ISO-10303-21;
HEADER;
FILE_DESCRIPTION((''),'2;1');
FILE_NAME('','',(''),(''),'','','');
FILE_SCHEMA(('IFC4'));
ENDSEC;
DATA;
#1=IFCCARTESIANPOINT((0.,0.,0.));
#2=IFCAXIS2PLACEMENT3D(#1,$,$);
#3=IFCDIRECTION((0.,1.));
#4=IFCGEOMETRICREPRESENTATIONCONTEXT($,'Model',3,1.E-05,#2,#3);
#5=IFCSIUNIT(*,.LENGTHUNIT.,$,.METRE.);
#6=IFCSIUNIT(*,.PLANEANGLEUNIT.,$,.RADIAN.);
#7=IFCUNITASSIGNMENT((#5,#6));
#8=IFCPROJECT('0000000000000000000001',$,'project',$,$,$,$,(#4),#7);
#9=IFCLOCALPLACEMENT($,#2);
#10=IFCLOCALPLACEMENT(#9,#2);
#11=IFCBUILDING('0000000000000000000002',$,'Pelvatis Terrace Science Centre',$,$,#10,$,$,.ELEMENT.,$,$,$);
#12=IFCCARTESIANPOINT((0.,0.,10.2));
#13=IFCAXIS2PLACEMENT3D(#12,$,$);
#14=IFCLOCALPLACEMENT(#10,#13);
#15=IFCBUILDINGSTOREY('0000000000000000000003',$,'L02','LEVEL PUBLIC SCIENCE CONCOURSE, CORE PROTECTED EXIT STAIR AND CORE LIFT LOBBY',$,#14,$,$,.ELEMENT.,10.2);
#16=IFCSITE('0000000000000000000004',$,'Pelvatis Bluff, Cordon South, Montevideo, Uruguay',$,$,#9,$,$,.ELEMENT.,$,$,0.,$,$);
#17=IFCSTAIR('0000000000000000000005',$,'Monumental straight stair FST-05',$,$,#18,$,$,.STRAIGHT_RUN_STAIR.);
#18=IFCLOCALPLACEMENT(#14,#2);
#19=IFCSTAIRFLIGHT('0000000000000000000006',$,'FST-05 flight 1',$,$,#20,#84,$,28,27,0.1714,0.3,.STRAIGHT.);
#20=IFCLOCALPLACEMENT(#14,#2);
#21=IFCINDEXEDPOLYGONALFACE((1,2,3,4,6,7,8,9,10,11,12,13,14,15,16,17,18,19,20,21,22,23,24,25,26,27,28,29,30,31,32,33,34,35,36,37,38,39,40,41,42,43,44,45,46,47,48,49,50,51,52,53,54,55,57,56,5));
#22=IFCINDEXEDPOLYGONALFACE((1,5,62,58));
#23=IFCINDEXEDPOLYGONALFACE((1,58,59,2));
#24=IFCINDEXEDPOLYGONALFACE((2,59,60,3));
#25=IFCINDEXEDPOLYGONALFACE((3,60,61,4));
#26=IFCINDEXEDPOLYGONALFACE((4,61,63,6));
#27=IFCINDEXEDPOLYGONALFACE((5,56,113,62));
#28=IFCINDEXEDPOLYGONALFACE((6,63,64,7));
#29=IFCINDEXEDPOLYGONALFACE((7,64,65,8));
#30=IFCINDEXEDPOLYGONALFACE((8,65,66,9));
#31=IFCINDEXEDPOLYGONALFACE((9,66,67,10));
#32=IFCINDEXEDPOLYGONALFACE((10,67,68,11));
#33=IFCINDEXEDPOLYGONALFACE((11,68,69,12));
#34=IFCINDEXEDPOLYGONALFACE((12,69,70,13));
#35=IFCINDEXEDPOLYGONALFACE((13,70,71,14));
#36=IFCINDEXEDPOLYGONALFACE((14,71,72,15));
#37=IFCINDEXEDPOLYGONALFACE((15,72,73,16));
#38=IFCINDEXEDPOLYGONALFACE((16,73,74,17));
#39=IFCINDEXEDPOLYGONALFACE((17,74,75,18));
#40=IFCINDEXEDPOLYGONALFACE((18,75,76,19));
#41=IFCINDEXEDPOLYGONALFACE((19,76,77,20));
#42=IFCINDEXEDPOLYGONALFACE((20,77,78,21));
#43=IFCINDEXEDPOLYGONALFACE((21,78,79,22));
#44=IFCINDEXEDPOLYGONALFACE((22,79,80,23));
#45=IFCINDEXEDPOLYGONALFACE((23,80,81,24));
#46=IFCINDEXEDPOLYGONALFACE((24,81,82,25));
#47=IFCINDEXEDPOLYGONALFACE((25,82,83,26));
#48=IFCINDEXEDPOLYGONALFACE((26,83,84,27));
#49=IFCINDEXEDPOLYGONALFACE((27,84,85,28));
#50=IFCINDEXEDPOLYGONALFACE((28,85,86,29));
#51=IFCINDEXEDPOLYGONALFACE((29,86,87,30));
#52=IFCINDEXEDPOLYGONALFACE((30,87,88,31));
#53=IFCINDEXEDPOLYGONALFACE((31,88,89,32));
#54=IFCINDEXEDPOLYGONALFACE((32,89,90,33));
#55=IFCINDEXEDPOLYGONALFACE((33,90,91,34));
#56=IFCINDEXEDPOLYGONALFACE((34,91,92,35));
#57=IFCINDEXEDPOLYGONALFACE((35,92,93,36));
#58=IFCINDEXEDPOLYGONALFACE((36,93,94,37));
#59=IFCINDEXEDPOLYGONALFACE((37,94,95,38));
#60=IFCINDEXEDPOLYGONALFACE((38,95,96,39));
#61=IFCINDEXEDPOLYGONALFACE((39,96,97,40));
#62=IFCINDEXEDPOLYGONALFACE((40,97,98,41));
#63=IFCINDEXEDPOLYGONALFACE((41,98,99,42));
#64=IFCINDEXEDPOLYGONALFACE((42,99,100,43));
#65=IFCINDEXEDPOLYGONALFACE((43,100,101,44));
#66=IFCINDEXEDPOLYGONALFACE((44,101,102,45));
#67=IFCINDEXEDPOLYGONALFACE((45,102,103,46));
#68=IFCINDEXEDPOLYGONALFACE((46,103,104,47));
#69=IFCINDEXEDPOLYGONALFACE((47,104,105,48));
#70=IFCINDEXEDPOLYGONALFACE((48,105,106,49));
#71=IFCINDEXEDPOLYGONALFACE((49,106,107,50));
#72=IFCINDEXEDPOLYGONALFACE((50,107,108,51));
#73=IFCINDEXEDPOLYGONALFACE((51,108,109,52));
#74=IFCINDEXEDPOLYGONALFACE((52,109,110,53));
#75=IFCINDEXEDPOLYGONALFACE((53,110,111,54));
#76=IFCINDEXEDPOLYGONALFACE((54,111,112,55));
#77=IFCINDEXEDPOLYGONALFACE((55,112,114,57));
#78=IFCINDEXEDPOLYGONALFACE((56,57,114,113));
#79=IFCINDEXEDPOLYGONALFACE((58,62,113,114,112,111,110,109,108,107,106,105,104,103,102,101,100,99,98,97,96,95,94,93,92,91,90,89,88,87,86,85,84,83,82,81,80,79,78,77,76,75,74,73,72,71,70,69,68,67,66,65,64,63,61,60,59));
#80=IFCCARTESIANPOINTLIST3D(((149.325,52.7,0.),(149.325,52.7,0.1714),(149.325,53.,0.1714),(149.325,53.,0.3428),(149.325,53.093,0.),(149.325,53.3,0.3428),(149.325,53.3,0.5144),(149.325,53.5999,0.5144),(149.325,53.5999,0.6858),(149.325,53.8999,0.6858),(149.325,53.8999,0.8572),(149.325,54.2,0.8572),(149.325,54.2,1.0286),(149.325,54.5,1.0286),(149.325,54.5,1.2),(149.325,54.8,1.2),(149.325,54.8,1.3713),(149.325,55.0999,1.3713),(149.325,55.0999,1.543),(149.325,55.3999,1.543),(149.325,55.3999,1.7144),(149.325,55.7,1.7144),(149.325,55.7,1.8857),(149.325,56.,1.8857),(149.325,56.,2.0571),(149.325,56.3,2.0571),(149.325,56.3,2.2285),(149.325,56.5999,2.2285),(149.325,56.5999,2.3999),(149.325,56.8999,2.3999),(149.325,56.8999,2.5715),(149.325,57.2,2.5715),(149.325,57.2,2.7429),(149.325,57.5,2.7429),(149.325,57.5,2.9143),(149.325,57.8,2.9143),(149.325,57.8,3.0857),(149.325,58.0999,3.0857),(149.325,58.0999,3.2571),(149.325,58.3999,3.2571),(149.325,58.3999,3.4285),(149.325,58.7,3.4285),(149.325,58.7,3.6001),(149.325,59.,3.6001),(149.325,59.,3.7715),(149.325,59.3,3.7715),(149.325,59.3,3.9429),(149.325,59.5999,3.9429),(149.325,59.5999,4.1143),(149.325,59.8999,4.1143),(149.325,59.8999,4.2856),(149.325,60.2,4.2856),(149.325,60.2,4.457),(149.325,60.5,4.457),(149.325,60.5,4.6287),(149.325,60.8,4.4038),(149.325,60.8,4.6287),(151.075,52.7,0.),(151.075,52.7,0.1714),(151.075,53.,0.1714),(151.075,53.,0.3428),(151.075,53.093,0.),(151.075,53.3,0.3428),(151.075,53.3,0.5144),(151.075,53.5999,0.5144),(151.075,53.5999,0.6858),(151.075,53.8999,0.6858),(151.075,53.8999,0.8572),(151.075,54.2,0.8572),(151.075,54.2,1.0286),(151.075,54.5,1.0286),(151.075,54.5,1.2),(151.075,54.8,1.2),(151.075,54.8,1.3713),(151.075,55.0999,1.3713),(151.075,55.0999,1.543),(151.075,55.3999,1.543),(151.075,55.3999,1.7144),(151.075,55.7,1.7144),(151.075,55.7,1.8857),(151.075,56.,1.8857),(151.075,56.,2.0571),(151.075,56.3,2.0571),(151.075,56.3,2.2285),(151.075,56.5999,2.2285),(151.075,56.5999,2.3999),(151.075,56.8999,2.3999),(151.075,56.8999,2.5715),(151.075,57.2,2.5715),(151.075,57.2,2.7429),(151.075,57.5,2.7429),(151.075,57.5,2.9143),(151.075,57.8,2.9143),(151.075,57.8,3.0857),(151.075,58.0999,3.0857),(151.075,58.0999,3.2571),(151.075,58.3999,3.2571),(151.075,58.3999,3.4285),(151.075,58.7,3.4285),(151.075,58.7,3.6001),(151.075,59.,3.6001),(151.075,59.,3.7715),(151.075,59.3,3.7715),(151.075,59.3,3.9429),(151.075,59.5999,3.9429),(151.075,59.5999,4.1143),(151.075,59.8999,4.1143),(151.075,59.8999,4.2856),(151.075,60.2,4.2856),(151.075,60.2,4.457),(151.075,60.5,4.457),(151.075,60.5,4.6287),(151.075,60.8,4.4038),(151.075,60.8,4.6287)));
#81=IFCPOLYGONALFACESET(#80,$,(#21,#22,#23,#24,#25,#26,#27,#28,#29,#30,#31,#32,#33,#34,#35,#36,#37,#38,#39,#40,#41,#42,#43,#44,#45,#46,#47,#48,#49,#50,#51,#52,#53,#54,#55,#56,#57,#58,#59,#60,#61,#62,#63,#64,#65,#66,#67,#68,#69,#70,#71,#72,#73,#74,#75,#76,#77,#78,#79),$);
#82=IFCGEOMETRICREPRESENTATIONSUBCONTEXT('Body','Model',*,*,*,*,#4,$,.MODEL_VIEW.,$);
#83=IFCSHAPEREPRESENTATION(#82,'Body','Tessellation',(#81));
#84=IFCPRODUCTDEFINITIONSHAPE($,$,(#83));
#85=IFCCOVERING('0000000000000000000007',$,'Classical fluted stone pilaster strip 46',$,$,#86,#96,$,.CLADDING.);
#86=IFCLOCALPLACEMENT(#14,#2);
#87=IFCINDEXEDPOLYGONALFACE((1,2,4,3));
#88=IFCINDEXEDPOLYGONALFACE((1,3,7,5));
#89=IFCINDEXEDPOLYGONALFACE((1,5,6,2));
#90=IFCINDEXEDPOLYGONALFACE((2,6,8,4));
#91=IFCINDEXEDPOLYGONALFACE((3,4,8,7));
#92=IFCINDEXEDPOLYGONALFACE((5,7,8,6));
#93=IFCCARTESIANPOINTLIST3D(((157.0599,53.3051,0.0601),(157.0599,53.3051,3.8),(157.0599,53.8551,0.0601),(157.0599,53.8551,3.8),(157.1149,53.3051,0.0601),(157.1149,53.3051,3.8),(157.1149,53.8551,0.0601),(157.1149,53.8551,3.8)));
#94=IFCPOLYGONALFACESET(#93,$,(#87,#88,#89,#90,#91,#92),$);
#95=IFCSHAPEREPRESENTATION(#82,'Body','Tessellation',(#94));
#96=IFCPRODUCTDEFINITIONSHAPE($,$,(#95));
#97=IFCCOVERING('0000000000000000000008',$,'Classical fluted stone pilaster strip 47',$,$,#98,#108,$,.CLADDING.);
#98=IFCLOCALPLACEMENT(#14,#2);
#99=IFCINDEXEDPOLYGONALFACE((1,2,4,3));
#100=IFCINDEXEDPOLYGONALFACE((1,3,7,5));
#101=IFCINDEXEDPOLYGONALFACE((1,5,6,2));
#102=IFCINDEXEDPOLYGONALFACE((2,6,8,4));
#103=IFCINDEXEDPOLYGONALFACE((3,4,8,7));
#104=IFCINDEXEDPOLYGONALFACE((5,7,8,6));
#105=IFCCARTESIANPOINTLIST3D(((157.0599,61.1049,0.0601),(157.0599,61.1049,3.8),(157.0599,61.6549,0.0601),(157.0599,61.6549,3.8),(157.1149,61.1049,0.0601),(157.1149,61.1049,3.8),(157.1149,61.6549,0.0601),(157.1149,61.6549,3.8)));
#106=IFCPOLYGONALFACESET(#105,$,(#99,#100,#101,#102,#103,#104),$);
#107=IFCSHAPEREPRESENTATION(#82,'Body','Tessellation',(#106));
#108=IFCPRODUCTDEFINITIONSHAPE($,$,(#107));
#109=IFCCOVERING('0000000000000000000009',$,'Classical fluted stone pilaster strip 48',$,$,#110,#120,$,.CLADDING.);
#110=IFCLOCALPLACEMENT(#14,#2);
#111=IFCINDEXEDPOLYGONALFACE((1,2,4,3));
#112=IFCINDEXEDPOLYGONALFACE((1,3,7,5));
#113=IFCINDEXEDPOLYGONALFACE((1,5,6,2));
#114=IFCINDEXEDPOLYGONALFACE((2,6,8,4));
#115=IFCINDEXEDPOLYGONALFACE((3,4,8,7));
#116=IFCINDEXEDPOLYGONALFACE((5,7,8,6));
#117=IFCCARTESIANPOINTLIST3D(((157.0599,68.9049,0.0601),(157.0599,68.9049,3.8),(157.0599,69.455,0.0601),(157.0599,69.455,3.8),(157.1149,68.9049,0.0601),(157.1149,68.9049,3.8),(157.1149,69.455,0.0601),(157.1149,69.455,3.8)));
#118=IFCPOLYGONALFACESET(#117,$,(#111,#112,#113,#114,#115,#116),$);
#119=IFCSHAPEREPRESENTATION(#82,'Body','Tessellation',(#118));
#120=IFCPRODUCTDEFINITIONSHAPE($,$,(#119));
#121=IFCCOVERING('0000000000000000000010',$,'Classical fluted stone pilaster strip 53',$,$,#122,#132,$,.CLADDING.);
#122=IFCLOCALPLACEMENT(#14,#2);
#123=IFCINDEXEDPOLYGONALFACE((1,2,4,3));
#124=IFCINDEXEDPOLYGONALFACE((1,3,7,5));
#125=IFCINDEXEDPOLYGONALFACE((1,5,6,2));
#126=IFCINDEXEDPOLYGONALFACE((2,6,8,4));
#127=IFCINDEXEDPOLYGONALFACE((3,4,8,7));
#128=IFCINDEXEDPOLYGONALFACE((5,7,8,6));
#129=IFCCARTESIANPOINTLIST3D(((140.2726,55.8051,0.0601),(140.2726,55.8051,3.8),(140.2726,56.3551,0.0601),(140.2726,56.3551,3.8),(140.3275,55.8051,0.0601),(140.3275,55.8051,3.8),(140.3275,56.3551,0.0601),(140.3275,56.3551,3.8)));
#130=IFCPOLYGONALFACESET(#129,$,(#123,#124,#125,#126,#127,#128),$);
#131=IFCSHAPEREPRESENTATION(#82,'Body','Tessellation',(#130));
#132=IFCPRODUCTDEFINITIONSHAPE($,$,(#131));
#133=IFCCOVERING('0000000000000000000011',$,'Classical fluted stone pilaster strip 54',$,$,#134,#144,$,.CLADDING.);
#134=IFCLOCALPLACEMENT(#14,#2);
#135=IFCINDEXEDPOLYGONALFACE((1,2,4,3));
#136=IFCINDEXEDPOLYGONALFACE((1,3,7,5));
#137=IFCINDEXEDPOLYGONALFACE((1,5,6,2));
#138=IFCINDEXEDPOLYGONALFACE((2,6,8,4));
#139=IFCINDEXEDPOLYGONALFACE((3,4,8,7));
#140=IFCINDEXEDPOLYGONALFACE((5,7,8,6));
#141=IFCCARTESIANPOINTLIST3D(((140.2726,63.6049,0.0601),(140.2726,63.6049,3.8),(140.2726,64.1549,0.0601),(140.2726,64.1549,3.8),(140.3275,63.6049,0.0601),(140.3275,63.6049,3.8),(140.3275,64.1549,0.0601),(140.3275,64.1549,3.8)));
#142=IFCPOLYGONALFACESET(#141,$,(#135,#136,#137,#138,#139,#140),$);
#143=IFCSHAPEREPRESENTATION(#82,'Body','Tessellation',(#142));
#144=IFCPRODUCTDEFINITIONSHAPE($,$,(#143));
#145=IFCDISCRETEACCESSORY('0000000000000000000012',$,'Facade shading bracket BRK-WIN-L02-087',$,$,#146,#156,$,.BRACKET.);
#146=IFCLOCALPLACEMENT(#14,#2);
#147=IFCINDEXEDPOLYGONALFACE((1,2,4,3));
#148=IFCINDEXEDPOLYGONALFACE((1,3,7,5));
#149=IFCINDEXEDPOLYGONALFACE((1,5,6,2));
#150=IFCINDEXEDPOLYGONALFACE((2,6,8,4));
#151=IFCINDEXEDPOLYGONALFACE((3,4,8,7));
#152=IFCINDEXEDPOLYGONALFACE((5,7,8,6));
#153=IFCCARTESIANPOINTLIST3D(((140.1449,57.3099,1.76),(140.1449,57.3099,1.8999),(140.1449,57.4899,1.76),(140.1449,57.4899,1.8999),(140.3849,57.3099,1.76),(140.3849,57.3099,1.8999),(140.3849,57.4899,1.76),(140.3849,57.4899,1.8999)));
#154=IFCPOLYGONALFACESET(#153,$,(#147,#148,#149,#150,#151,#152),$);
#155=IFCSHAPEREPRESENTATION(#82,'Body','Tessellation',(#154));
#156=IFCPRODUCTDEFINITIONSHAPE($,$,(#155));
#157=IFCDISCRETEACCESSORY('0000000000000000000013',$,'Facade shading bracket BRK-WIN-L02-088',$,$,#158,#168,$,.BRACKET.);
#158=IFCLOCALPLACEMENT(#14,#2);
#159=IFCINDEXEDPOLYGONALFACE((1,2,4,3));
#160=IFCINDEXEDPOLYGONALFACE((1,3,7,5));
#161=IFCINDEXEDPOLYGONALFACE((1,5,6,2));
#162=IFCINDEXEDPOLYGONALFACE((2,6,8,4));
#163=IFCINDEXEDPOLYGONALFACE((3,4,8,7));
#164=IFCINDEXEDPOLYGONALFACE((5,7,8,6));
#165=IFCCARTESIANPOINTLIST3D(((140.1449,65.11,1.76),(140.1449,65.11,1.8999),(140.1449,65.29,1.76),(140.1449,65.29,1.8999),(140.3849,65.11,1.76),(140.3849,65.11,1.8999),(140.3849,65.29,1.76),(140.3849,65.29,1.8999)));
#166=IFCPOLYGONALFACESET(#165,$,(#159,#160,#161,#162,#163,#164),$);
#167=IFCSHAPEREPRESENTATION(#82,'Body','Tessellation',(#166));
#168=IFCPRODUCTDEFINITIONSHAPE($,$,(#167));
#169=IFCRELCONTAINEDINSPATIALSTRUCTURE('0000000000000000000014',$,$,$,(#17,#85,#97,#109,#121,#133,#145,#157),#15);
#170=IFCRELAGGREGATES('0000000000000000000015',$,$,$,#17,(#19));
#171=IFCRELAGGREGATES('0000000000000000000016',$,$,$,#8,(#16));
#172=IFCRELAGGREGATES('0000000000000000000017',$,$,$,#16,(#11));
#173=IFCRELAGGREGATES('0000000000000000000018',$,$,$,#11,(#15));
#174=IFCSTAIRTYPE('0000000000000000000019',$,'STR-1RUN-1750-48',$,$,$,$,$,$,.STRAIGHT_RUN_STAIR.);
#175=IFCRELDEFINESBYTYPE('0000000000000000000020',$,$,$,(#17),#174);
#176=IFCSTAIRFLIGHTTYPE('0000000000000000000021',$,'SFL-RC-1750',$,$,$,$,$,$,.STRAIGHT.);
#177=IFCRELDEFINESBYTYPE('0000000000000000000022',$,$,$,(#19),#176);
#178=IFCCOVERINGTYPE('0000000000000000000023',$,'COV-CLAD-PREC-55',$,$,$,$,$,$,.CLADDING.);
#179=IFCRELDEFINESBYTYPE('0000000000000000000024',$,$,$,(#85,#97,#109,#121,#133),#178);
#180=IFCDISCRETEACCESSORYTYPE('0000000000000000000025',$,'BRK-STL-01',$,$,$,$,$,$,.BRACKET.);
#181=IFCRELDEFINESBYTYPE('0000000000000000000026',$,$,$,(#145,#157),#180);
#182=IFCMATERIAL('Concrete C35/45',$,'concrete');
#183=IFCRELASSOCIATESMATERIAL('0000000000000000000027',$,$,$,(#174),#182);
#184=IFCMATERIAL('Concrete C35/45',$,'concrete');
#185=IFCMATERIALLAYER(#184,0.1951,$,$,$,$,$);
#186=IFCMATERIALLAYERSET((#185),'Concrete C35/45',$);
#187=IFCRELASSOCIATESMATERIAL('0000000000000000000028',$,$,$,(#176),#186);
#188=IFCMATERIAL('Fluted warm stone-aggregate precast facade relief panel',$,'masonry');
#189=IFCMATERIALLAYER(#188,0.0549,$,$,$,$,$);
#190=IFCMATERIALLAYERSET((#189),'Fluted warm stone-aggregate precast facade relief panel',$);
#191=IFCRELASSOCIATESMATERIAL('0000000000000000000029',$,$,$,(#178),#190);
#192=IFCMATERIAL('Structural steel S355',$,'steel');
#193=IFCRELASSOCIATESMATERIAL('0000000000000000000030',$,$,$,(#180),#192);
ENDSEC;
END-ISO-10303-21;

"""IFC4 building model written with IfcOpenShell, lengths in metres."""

from ifc_helpers import new_model, si_unit, direction, frame, origin, origin_2d, place, context, subcontext, project, spatial, polyline, rectangle, outline, extrude, material, layer, layer_set, type_object, element, aggregate, save


model = new_model("IFC4")

# Units and contexts
model_context = context("Model", 3, precision=1e-05, world=origin(), true_north=direction((0.0, 1.0)))
body_context = subcontext(model_context, "Body", "Model", "MODEL_VIEW")
ifc_project = project(units=[si_unit("LENGTHUNIT", "METRE"), si_unit("PLANEANGLEUNIT", "RADIAN")], contexts=[model_context])

# Site, building, storey
site_placement = place(None, origin())
site = spatial("IfcSite", under=ifc_project, at=site_placement, Name="Pelvatis Bluff, Cordon South, Montevideo, Uruguay", CompositionType="ELEMENT", RefElevation=0.0)
building_placement = place(site_placement, origin())
building = spatial("IfcBuilding", under=site, at=building_placement, Name="Pelvatis Terrace Science Centre", CompositionType="ELEMENT")
storey_placement = place(building_placement, frame((0.0, 0.0, 10.2)))
storey = spatial("IfcBuildingStorey", under=building, at=storey_placement, Name="L02", Description="LEVEL PUBLIC SCIENCE CONCOURSE, CORE PROTECTED EXIT STAIR AND CORE LIFT LOBBY", CompositionType="ELEMENT", Elevation=10.2)

# Stair, stair flight
ifc_material_1 = material(Name="Concrete C35/45", Category="concrete")
stair_type = type_object("IfcStairType", Name="STR-1RUN-1750-48", PredefinedType="STRAIGHT_RUN_STAIR", material=ifc_material_1)
stair_placement = place(storey_placement, origin())
stair = element("IfcStair", 1, at=stair_placement, inside=storey, type_object=stair_type, Name="Monumental straight stair FST-05", PredefinedType="STRAIGHT_RUN_STAIR")
ifc_material_2 = material(Name="Concrete C35/45", Category="concrete")
ifc_layer_1 = layer(ifc_material_2, 0.1951)
ifc_layer_set_1 = layer_set([ifc_layer_1], Name="Concrete C35/45")
stair_flight_type = type_object("IfcStairFlightType", Name="SFL-RC-1750", PredefinedType="STRAIGHT", material=ifc_layer_set_1)
stair_flight_placement = place(storey_placement, frame((150.2, 52.7, 0.0), z_axis=(0.0, 0.0, 1.0), x_axis=(0.0, 1.0, 0.0)))
stair_flight = element("IfcStairFlight", 2, at=stair_flight_placement, type_object=stair_flight_type, Name="FST-05 flight 1", NumberOfRisers=28, NumberOfTreads=27, PredefinedType="STRAIGHT", RiserHeight=0.1714, TreadLength=0.3, context=body_context, shape_type="SweptSolid", body=[
    extrude(outline(polyline([(0.0, 0.0), (0.0, 0.1714), (0.3, 0.1714), (0.3, 0.3428), (0.6001, 0.3428), (0.6001, 0.5144), (0.8999, 0.5144), (0.8999, 0.6858), (1.2, 0.6858), (1.2, 0.8572), (1.5, 0.8572), (1.5, 1.0286), (1.8, 1.0286), (1.8, 1.2), (2.1001, 1.2), (2.1001, 1.3713), (2.3999, 1.3713), (2.3999, 1.543), (2.7, 1.543), (2.7, 1.7144), (3.0, 1.7144), (3.0, 1.8857), (3.3, 1.8857), (3.3, 2.0571), (3.6001, 2.0571), (3.6001, 2.2285), (3.8999, 2.2285), (3.8999, 2.3999), (4.2, 2.3999), (4.2, 2.5715), (4.5, 2.5715), (4.5, 2.7429), (4.8, 2.7429), (4.8, 2.9143), (5.1001, 2.9143), (5.1001, 3.0857), (5.3999, 3.0857), (5.3999, 3.2571), (5.7, 3.2571), (5.7, 3.4285), (6.0, 3.4285), (6.0, 3.6001), (6.3, 3.6001), (6.3, 3.7715), (6.6001, 3.7715), (6.6001, 3.9429), (6.8999, 3.9429), (6.8999, 4.1143), (7.2, 4.1143), (7.2, 4.2856), (7.5, 4.2856), (7.5, 4.457), (7.8, 4.457), (7.8, 4.6287), (8.1001, 4.6287), (8.1001, 4.8), (8.1001, 4.4038), (0.3931, 0.0), (0.0, 0.0)])), frame((0.0, 0.875, 0.0), z_axis=(0.0, -1.0, 0.0), x_axis=(1.0, 0.0, 0.0)), (0.0, 0.0, 1.0), 1.75),
])
aggregate(stair, [stair_flight])

# Coverings
ifc_material_3 = material(Name="Fluted warm stone-aggregate precast facade relief panel", Category="masonry")
ifc_layer_2 = layer(ifc_material_3, 0.0549)
ifc_layer_set_2 = layer_set([ifc_layer_2], Name="Fluted warm stone-aggregate precast facade relief panel")
covering_type = type_object("IfcCoveringType", Name="COV-CLAD-PREC-55", PredefinedType="CLADDING", material=ifc_layer_set_2)
for number, where, z_axis, x_axis, name in (
    (3, (157.0874, 53.5801, 0.0601), (0.0, 0.0, 1.0), (1.0, 0.0, 0.0), "Classical fluted stone pilaster strip 46"),
    (4, (157.0874, 61.3799, 0.0601), (0.0, 0.0, 1.0), (1.0, 0.0, 0.0), "Classical fluted stone pilaster strip 47"),
    (5, (157.0874, 69.1799, 0.0601), (0.0, 0.0, 1.0), (1.0, 0.0, 0.0), "Classical fluted stone pilaster strip 48"),
    (6, (140.3, 56.0801, 0.0601), (0.0, 0.0, 1.0), (1.0, 0.0, 0.0), "Classical fluted stone pilaster strip 53"),
    (7, (140.3, 63.8799, 0.0601), (0.0, 0.0, 1.0), (1.0, 0.0, 0.0), "Classical fluted stone pilaster strip 54"),
):
    element("IfcCovering", number, at=place(storey_placement, frame(where, z_axis=z_axis, x_axis=x_axis)), inside=storey, type_object=covering_type, Name=name, PredefinedType="CLADDING", context=body_context, shape_type="SweptSolid", body=[
        extrude(rectangle(XDim=0.0549, YDim=0.55, at=origin_2d()), origin(), (0.0, 0.0, 1.0), 3.74),
    ])

# Discrete accessories
ifc_material_4 = material(Name="Structural steel S355", Category="steel")
discrete_accessory_type = type_object("IfcDiscreteAccessoryType", Name="BRK-STL-01", PredefinedType="BRACKET", material=ifc_material_4)
for number, where, name in (
    (8, (140.2649, 57.3999, 1.76), "Facade shading bracket BRK-WIN-L02-087"),
    (9, (140.2649, 65.2, 1.76), "Facade shading bracket BRK-WIN-L02-088"),
):
    element("IfcDiscreteAccessory", number, at=place(storey_placement, frame(where)), inside=storey, type_object=discrete_accessory_type, Name=name, PredefinedType="BRACKET", context=body_context, shape_type="SweptSolid", body=[
        extrude(rectangle(XDim=0.24, YDim=0.18, at=origin_2d()), origin(), (0.0, 0.0, 1.0), 0.1399),
    ])

save(model, "model.ifc")
